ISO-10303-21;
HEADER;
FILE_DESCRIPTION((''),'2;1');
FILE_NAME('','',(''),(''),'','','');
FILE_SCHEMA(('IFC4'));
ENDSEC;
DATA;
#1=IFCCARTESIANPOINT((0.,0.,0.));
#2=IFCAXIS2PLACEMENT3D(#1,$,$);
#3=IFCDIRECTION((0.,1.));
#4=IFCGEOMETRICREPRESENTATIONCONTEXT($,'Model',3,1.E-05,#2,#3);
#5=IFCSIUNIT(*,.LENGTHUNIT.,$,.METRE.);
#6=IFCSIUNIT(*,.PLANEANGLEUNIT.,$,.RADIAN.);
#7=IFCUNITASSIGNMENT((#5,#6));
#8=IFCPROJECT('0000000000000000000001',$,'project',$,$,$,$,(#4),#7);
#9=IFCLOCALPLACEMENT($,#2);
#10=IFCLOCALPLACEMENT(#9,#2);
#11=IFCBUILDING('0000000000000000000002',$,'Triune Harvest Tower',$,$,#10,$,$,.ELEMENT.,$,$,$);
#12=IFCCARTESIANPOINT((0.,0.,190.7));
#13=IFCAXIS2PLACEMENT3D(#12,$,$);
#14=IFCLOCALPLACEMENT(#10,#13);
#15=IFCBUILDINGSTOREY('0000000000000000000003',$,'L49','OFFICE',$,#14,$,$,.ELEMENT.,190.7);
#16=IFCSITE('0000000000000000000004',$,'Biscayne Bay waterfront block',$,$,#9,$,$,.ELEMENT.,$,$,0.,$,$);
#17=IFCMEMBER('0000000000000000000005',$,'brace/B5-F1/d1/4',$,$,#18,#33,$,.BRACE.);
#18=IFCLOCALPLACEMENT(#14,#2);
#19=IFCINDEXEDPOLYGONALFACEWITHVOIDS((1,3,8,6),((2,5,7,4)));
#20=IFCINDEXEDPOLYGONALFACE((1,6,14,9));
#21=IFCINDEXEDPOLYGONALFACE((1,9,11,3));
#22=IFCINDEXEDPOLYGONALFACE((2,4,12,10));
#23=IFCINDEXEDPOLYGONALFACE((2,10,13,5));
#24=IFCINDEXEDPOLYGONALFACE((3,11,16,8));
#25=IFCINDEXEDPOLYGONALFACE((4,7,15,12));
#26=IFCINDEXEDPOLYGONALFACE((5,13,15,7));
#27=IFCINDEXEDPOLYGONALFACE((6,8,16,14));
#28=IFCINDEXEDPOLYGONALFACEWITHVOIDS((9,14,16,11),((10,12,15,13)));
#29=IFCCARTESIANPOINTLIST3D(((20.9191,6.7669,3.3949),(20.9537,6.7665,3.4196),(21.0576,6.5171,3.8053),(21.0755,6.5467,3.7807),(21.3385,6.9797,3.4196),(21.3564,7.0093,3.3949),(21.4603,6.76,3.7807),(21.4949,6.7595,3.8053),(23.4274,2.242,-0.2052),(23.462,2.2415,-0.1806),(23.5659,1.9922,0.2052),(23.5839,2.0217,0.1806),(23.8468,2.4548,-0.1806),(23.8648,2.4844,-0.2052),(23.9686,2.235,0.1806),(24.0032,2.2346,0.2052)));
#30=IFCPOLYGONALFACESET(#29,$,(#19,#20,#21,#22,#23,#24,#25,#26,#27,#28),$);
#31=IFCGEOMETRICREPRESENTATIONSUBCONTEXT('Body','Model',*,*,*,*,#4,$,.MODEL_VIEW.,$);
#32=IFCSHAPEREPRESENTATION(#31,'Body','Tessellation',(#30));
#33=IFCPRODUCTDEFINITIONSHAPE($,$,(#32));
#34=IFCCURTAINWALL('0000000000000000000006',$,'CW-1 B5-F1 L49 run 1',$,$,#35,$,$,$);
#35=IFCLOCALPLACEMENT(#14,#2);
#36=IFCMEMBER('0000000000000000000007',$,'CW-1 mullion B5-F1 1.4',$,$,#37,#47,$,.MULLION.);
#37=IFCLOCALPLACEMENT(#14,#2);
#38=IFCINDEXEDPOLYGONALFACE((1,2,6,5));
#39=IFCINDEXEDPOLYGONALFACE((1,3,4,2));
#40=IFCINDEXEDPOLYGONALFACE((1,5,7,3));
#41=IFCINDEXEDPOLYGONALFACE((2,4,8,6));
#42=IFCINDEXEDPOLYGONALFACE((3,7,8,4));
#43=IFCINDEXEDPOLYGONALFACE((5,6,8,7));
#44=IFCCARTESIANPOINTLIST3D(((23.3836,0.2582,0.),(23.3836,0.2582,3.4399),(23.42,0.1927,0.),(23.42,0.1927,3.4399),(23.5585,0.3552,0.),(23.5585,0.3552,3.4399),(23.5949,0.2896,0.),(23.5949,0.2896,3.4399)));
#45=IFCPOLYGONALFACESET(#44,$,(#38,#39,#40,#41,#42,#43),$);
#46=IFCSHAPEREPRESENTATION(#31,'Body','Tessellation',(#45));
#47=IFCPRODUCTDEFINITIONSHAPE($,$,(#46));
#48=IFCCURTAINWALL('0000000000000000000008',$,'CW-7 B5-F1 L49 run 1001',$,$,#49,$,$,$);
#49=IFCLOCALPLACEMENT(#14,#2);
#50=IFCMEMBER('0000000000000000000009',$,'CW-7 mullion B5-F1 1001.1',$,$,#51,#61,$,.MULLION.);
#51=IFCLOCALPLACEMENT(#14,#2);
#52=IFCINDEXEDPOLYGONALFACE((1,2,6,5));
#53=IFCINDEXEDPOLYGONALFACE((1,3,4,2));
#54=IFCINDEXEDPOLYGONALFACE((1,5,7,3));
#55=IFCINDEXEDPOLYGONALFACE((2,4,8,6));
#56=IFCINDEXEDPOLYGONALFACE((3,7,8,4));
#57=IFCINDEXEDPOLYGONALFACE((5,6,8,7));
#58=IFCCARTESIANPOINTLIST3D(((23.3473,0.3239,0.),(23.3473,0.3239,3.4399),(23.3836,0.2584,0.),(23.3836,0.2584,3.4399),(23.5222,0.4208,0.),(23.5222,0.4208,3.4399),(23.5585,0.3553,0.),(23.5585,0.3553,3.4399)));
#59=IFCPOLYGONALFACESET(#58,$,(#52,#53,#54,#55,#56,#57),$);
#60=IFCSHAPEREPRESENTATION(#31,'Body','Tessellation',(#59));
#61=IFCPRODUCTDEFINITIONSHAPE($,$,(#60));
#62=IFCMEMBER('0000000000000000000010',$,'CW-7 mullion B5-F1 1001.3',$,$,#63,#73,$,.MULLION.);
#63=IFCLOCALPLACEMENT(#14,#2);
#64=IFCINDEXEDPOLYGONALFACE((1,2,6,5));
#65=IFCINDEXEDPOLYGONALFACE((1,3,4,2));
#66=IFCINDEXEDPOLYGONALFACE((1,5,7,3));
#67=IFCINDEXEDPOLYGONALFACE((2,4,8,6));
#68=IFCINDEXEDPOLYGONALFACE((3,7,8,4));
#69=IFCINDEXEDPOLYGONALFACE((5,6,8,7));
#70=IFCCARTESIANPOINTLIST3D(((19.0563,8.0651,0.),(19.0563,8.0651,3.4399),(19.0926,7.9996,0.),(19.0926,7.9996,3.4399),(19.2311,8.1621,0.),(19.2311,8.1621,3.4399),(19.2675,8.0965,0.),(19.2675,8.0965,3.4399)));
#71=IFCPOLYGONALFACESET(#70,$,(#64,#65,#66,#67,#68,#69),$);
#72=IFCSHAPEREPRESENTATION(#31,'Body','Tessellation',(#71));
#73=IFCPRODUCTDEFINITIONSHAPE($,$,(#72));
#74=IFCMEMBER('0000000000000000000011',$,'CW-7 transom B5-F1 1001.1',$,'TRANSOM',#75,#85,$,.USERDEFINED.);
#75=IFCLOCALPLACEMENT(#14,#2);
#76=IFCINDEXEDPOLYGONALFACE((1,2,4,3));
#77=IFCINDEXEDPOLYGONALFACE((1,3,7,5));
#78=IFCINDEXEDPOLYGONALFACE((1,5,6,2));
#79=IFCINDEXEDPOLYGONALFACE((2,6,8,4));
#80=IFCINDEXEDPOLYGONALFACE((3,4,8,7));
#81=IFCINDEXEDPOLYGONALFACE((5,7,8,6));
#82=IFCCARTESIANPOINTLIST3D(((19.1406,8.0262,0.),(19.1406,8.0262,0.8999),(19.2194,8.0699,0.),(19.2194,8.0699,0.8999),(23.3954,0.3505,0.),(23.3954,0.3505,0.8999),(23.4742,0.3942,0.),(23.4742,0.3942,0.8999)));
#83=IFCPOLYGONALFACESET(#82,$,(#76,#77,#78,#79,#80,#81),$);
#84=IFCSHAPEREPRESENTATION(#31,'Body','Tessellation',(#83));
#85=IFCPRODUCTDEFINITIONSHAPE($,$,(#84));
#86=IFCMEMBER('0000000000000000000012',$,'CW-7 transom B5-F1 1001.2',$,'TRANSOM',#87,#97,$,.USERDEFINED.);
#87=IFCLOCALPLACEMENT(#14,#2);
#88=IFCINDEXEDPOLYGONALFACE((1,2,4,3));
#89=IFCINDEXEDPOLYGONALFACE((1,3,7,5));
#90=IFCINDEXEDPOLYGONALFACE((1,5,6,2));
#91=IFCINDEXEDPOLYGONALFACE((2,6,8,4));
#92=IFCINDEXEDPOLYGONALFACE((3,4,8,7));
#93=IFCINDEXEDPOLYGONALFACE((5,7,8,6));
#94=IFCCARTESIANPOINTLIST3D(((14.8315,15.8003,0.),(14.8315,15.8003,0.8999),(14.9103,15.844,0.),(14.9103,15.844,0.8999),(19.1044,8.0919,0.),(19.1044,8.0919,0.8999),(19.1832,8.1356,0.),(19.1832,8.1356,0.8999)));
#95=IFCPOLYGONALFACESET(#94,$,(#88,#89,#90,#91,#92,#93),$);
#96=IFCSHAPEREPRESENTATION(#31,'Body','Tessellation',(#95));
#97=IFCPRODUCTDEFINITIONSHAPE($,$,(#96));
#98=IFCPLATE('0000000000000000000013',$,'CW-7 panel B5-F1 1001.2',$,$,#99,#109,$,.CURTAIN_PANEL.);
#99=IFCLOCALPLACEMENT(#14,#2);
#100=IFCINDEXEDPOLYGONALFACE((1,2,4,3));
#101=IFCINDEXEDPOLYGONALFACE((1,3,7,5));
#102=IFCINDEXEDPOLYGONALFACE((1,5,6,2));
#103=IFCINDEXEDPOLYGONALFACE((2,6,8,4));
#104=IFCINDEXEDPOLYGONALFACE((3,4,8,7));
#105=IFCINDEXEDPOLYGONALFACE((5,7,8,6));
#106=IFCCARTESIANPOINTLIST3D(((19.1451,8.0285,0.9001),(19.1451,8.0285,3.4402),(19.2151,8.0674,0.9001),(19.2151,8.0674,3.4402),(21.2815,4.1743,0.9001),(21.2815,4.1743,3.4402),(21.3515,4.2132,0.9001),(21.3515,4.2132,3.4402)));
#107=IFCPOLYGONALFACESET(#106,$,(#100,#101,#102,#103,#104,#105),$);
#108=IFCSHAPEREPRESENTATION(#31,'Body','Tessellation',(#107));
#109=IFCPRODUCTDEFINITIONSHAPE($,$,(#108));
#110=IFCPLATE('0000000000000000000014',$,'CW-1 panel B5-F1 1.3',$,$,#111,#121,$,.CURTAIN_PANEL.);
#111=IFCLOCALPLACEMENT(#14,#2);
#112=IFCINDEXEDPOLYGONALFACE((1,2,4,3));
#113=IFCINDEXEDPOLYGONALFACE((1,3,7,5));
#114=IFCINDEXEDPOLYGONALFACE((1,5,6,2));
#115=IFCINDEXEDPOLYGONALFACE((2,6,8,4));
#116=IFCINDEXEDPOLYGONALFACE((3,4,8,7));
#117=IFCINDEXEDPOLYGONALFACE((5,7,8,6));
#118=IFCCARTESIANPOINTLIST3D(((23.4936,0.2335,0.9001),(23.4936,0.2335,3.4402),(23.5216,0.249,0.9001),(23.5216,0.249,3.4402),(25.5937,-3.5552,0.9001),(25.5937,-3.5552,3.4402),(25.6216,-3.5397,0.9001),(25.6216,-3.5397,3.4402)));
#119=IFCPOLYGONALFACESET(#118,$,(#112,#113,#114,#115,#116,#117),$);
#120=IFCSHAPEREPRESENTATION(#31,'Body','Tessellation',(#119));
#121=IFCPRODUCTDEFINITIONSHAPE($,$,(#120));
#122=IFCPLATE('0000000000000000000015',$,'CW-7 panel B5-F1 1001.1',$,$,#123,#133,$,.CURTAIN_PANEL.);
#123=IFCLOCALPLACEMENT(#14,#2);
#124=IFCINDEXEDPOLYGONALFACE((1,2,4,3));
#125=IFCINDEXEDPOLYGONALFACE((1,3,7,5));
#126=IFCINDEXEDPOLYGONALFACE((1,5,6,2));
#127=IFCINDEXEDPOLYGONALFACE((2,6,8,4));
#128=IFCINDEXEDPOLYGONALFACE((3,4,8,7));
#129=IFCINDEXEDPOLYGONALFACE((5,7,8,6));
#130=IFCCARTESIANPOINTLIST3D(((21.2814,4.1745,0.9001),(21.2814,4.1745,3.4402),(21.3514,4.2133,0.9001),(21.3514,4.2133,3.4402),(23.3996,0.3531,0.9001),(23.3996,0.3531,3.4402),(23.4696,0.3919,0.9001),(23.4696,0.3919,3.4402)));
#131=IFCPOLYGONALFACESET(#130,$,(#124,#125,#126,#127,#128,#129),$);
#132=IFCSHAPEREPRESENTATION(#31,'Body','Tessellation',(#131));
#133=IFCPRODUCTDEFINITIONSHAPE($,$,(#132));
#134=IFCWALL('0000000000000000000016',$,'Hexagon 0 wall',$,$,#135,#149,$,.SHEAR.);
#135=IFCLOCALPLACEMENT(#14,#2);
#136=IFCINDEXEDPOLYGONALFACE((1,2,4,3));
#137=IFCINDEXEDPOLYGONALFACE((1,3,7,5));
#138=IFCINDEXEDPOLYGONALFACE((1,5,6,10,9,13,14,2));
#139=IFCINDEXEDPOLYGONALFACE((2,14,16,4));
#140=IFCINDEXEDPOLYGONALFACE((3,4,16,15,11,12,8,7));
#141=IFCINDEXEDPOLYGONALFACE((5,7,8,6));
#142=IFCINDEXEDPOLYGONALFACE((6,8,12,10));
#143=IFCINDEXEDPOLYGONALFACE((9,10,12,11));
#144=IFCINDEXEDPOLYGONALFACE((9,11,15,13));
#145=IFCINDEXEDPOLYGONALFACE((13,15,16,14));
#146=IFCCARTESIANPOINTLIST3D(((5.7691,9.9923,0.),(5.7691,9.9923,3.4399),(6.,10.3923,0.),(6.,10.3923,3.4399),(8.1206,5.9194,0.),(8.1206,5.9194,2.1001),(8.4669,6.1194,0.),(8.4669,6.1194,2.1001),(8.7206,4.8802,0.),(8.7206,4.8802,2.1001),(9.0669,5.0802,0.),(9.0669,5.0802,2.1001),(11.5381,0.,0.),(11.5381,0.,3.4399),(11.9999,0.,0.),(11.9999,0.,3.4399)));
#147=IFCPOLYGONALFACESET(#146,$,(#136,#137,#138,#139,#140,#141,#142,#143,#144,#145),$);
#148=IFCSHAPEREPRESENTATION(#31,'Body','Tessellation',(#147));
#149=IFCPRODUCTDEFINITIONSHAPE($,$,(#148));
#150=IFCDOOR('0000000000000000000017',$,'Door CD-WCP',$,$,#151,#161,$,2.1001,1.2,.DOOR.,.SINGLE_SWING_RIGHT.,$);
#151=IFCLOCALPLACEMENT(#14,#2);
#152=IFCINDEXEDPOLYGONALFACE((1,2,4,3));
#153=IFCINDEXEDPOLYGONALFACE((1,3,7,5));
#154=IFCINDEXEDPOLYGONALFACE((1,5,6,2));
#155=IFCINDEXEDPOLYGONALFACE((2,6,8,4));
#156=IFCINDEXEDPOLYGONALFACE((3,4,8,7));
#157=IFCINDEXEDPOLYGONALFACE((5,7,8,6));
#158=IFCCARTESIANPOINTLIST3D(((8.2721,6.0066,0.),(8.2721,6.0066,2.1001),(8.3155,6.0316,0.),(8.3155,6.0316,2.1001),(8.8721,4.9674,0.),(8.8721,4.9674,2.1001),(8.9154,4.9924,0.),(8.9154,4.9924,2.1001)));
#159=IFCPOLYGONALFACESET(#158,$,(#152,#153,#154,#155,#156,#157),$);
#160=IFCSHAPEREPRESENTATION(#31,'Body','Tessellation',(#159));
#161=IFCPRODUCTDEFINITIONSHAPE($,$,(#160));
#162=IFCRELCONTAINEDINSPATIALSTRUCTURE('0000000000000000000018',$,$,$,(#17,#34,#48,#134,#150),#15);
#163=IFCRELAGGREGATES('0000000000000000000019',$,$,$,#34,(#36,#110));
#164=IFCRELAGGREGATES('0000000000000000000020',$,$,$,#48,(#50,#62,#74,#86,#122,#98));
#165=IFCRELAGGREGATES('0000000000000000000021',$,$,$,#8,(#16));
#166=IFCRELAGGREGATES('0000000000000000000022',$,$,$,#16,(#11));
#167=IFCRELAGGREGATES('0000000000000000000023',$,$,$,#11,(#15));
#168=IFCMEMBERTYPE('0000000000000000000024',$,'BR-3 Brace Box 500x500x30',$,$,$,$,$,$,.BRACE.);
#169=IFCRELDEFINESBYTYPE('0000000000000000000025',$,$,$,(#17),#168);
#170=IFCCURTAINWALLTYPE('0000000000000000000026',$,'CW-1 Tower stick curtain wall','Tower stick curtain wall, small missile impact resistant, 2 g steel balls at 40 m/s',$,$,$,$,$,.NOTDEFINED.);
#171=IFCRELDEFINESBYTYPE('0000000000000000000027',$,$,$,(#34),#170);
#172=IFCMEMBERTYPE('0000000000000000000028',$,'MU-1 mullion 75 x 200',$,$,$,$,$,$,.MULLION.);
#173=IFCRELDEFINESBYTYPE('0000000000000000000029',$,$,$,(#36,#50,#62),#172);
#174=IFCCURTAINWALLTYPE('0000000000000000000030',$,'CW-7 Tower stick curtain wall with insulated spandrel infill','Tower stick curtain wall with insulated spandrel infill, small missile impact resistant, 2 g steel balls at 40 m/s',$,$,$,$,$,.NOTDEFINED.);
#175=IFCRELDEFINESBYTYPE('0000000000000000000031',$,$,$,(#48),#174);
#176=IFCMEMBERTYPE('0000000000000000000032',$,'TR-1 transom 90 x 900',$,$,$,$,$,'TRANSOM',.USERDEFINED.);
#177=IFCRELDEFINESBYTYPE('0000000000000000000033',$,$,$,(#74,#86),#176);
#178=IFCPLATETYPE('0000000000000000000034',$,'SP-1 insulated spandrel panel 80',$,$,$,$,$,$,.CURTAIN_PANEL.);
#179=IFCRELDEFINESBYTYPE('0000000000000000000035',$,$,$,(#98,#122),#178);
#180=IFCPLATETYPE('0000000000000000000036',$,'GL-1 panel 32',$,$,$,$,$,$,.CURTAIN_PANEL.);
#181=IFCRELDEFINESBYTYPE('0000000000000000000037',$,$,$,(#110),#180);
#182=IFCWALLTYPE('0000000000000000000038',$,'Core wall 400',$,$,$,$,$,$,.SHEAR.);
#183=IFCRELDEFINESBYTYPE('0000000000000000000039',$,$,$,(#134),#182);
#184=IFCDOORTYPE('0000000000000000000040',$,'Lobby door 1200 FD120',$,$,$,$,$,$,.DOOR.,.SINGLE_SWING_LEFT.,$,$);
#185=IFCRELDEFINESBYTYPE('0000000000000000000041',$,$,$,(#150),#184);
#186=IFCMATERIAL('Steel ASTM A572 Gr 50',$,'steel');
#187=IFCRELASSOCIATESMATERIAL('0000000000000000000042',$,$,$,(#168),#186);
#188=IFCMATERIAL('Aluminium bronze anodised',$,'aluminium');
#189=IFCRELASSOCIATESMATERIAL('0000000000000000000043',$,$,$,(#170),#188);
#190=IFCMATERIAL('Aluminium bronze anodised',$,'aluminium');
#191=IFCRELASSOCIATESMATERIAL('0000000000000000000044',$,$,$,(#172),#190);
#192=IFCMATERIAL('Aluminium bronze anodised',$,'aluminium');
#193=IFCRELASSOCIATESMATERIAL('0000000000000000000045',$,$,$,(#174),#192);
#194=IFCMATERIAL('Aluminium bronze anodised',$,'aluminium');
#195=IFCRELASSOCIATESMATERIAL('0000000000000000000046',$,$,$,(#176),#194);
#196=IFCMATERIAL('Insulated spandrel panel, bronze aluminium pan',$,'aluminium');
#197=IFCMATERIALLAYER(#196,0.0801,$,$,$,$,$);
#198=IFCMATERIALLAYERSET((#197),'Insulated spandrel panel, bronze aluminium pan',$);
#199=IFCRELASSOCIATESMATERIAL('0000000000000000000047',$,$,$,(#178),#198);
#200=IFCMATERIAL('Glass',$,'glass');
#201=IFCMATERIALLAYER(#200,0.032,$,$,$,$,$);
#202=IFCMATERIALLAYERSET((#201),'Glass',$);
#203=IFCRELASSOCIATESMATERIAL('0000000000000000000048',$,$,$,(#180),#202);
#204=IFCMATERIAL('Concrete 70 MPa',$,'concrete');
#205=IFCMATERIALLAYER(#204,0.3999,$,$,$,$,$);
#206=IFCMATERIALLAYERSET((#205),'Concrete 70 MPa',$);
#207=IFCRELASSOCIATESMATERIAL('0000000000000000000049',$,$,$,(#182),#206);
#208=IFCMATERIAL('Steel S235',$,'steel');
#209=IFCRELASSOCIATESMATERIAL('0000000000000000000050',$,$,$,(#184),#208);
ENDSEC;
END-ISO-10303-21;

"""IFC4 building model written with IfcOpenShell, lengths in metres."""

from ifc_helpers import new_model, si_unit, direction, frame, frame_2d, origin, origin_2d, place, context, subcontext, project, spatial, polyline, rectangle, hollow_rectangle, outline, extrude, source, transform, mapped, material, layer, layer_set, material_profile, profile_set, type_object, element, fill, aggregate, save


model = new_model("IFC4")

# Units and contexts
model_context = context("Model", 3, precision=1e-05, world=origin(), true_north=direction((0.0, 1.0)))
body_context = subcontext(model_context, "Body", "Model", "MODEL_VIEW")
ifc_project = project(units=[si_unit("LENGTHUNIT", "METRE"), si_unit("PLANEANGLEUNIT", "RADIAN")], contexts=[model_context])

# Site, building, storey
site_placement = place(None, origin())
site = spatial("IfcSite", under=ifc_project, at=site_placement, Name="Biscayne Bay waterfront block", CompositionType="ELEMENT", RefElevation=0.0)
building_placement = place(site_placement, origin())
building = spatial("IfcBuilding", under=site, at=building_placement, Name="Triune Harvest Tower", CompositionType="ELEMENT")
storey_placement = place(building_placement, frame((0.0, 0.0, 190.7)))
storey = spatial("IfcBuildingStorey", under=building, at=storey_placement, Name="L49", Description="OFFICE", CompositionType="ELEMENT", Elevation=190.7)

# Member
ifc_material_1 = material(Name="Steel ASTM A572 Gr 50", Category="steel")
ifc_material_profile_1 = material_profile(ifc_material_1, hollow_rectangle(XDim=0.5, YDim=0.5, WallThickness=0.03, at=origin_2d()), Name="Box 500x500x30")
ifc_profile_set_1 = profile_set([ifc_material_profile_1], Name="Steel ASTM A572 Gr 50")
member_type_1 = type_object("IfcMemberType", Name="BR-3 Brace Box 500x500x30", PredefinedType="BRACE", material=ifc_profile_set_1)
shared_shape_1 = source(origin(), body_context, "Body", "SweptSolid", [
    extrude(hollow_rectangle(XDim=0.5, YDim=0.5, WallThickness=0.03, at=origin_2d()), origin(), (0.0, 0.0, 1.0), 6.303),
])
member_1_placement = place(storey_placement, frame((23.7153, 2.2383, 0.0), z_axis=(-0.397957, 0.717904, 0.571178), x_axis=(-0.874611, -0.484825, 0.0)))
element("IfcMember", 1, at=member_1_placement, inside=storey, type_object=member_type_1, Name="brace/B5-F1/d1/4", PredefinedType="BRACE", context=body_context, shape_type="MappedRepresentation", body=[
    mapped(shared_shape_1, transform((0.0, 0.0, 0.0), scale=1.0)),
])

# Curtain wall, member
ifc_material_2 = material(Name="Aluminium bronze anodised", Category="aluminium")
curtain_wall_type_1 = type_object("IfcCurtainWallType", Name="CW-1 Tower stick curtain wall", Description="Tower stick curtain wall, small missile impact resistant, 2 g steel balls at 40 m/s", PredefinedType="NOTDEFINED", material=ifc_material_2)
curtain_wall_1_placement = place(storey_placement, origin())
curtain_wall_1 = element("IfcCurtainWall", 2, at=curtain_wall_1_placement, inside=storey, type_object=curtain_wall_type_1, Name="CW-1 B5-F1 L49 run 1")
ifc_material_3 = material(Name="Aluminium bronze anodised", Category="aluminium")
ifc_material_profile_2 = material_profile(ifc_material_3, rectangle(XDim=0.2, YDim=0.075, at=origin_2d()), Name="MU-1 mullion 75 x 200")
ifc_profile_set_2 = profile_set([ifc_material_profile_2], Name="Aluminium bronze anodised")
member_type_2 = type_object("IfcMemberType", Name="MU-1 mullion 75 x 200", PredefinedType="MULLION", material=ifc_profile_set_2)
shared_shape_2 = source(origin(), body_context, "Body", "SweptSolid", [
    extrude(rectangle(XDim=0.2, YDim=0.075, at=origin_2d()), origin(), (0.0, 0.0, 1.0), 3.4399),
])
member_2_placement = place(storey_placement, frame((23.4893, 0.2739, 0.0), z_axis=(0.0, 0.0, 1.0), x_axis=(-0.874621, -0.484808, 0.0)))
member_2 = element("IfcMember", 3, at=member_2_placement, type_object=member_type_2, Name="CW-1 mullion B5-F1 1.4", PredefinedType="MULLION", context=body_context, shape_type="MappedRepresentation", body=[
    mapped(shared_shape_2, transform((0.0, 0.0, 0.0), scale=1.0)),
])

# Curtain wall, members, plate
ifc_material_4 = material(Name="Aluminium bronze anodised", Category="aluminium")
curtain_wall_type_2 = type_object("IfcCurtainWallType", Name="CW-7 Tower stick curtain wall with insulated spandrel infill", Description="Tower stick curtain wall with insulated spandrel infill, small missile impact resistant, 2 g steel balls at 40 m/s", PredefinedType="NOTDEFINED", material=ifc_material_4)
curtain_wall_2_placement = place(storey_placement, origin())
curtain_wall_2 = element("IfcCurtainWall", 4, at=curtain_wall_2_placement, inside=storey, type_object=curtain_wall_type_2, Name="CW-7 B5-F1 L49 run 1001")
member_3_placement = place(storey_placement, frame((23.4529, 0.3396, 0.0), z_axis=(0.0, 0.0, 1.0), x_axis=(-0.87462, -0.484809, 0.0)))
member_3 = element("IfcMember", 5, at=member_3_placement, type_object=member_type_2, Name="CW-7 mullion B5-F1 1001.1", PredefinedType="MULLION", context=body_context, shape_type="MappedRepresentation", body=[
    mapped(shared_shape_2, transform((0.0, 0.0, 0.0), scale=1.0)),
])
member_4_placement = place(storey_placement, frame((19.1619, 8.0808, 0.0), z_axis=(0.0, 0.0, 1.0), x_axis=(-0.87462, -0.484809, 0.0)))
member_4 = element("IfcMember", 6, at=member_4_placement, type_object=member_type_2, Name="CW-7 mullion B5-F1 1001.3", PredefinedType="MULLION", context=body_context, shape_type="MappedRepresentation", body=[
    mapped(shared_shape_2, transform((0.0, 0.0, 0.0), scale=1.0)),
])
ifc_material_5 = material(Name="Aluminium bronze anodised", Category="aluminium")
ifc_material_profile_3 = material_profile(ifc_material_5, rectangle(XDim=0.0901, YDim=0.8999, at=origin_2d()), Name="TR-1 transom 90 x 900")
ifc_profile_set_3 = profile_set([ifc_material_profile_3], Name="Aluminium bronze anodised")
member_type_3 = type_object("IfcMemberType", Name="TR-1 transom 90 x 900", ElementType="TRANSOM", PredefinedType="USERDEFINED", material=ifc_profile_set_3)
shared_shape_3 = source(origin(), body_context, "Body", "SweptSolid", [
    extrude(rectangle(XDim=0.0901, YDim=0.8999, at=origin_2d()), origin(), (0.0, 0.0, 1.0), 8.7761),
])
member_5_placement = place(storey_placement, frame((23.4348, 0.3723, 0.45), z_axis=(-0.484821, 0.874614, 0.0), x_axis=(-0.874614, -0.484821, 0.0)))
member_5 = element("IfcMember", 7, at=member_5_placement, type_object=member_type_3, Name="CW-7 transom B5-F1 1001.1", ObjectType="TRANSOM", PredefinedType="USERDEFINED", context=body_context, shape_type="MappedRepresentation", body=[
    mapped(shared_shape_3, transform((0.0, 0.0, 0.0), scale=1.0)),
])
shared_shape_4 = source(origin(), body_context, "Body", "SweptSolid", [
    extrude(rectangle(XDim=0.0901, YDim=0.8999, at=origin_2d()), origin(), (0.0, 0.0, 1.0), 8.8135),
])
member_6_placement = place(storey_placement, frame((19.1438, 8.1138, 0.45), z_axis=(-0.484815, 0.874617, 0.0), x_axis=(-0.874617, -0.484815, 0.0)))
member_6 = element("IfcMember", 8, at=member_6_placement, type_object=member_type_3, Name="CW-7 transom B5-F1 1001.2", ObjectType="TRANSOM", PredefinedType="USERDEFINED", context=body_context, shape_type="MappedRepresentation", body=[
    mapped(shared_shape_4, transform((0.0, 0.0, 0.0), scale=1.0)),
])
ifc_material_6 = material(Name="Insulated spandrel panel, bronze aluminium pan", Category="aluminium")
ifc_layer_1 = layer(ifc_material_6, 0.0801)
ifc_layer_set_1 = layer_set([ifc_layer_1], Name="Insulated spandrel panel, bronze aluminium pan")
plate_type_1 = type_object("IfcPlateType", Name="SP-1 insulated spandrel panel 80", PredefinedType="CURTAIN_PANEL", material=ifc_layer_set_1)
shared_shape_5 = source(origin(), body_context, "Body", "SweptSolid", [
    extrude(rectangle(XDim=4.4067, YDim=0.0801, at=origin_2d()), origin(), (0.0, 0.0, 1.0), 2.54),
])
plate_1_placement = place(storey_placement, frame((20.2483, 6.1208, 0.9001), z_axis=(0.0, 0.0, 1.0), x_axis=(-0.484809, 0.87462, 0.0)))
plate_1 = element("IfcPlate", 9, at=plate_1_placement, type_object=plate_type_1, Name="CW-7 panel B5-F1 1001.2", PredefinedType="CURTAIN_PANEL", context=body_context, shape_type="MappedRepresentation", body=[
    mapped(shared_shape_5, transform((0.0, 0.0, 0.0), scale=1.0)),
])

# Plates
ifc_material_7 = material(Name="Glass", Category="glass")
ifc_layer_2 = layer(ifc_material_7, 0.032)
ifc_layer_set_2 = layer_set([ifc_layer_2], Name="Glass")
plate_type_2 = type_object("IfcPlateType", Name="GL-1 panel 32", PredefinedType="CURTAIN_PANEL", material=ifc_layer_set_2)
shared_shape_6 = source(origin(), body_context, "Body", "SweptSolid", [
    extrude(rectangle(XDim=4.3318, YDim=0.032, at=origin_2d()), origin(), (0.0, 0.0, 1.0), 2.54),
])
plate_2_placement = place(storey_placement, frame((24.5576, -1.6531, 0.9001), z_axis=(0.0, 0.0, 1.0), x_axis=(-0.484808, 0.874621, 0.0)))
plate_2 = element("IfcPlate", 10, at=plate_2_placement, type_object=plate_type_2, Name="CW-1 panel B5-F1 1.3", PredefinedType="CURTAIN_PANEL", context=body_context, shape_type="MappedRepresentation", body=[
    mapped(shared_shape_6, transform((0.0, 0.0, 0.0), scale=1.0)),
])
aggregate(curtain_wall_1, [member_2, plate_2])
shared_shape_7 = source(origin(), body_context, "Body", "SweptSolid", [
    extrude(rectangle(XDim=4.3691, YDim=0.0801, at=origin_2d()), origin(), (0.0, 0.0, 1.0), 2.54),
])
plate_3_placement = place(storey_placement, frame((22.3755, 2.2832, 0.9001), z_axis=(0.0, 0.0, 1.0), x_axis=(-0.484809, 0.87462, 0.0)))
plate_3 = element("IfcPlate", 11, at=plate_3_placement, type_object=plate_type_1, Name="CW-7 panel B5-F1 1001.1", PredefinedType="CURTAIN_PANEL", context=body_context, shape_type="MappedRepresentation", body=[
    mapped(shared_shape_7, transform((0.0, 0.0, 0.0), scale=1.0)),
])
aggregate(curtain_wall_2, [member_3, member_4, member_5, member_6, plate_3, plate_1])

# Wall, opening, door
ifc_material_8 = material(Name="Concrete 70 MPa", Category="concrete")
ifc_layer_3 = layer(ifc_material_8, 0.3999)
ifc_layer_set_3 = layer_set([ifc_layer_3], Name="Concrete 70 MPa")
wall_type_1 = type_object("IfcWallType", Name="Core wall 400", PredefinedType="SHEAR", material=ifc_layer_set_3)
shared_shape_8 = source(origin(), body_context, "Body", "SweptSolid", [
    extrude(outline(polyline([(-0.1155, -0.2), (11.8845, -0.2), (11.6536, 0.2), (0.1155, 0.2), (-0.1155, -0.2)])), origin(), (0.0, 0.0, 1.0), 3.4399),
])
wall_1_placement = place(storey_placement, frame((11.769, 0.0, 0.0), z_axis=(0.0, 0.0, 1.0), x_axis=(-0.499997, 0.866027, 0.0)))
wall_1 = element("IfcWall", 12, at=wall_1_placement, inside=storey, type_object=wall_type_1, Name="Hexagon 0 wall", PredefinedType="SHEAR", context=body_context, shape_type="MappedRepresentation", body=[
    mapped(shared_shape_8, transform((0.0, 0.0, 0.0), scale=1.0)),
])
opening_placement = place(wall_1_placement, frame((5.7505, 0.0, 0.0)))
opening = element("IfcOpeningElement", 13, at=opening_placement, cuts=wall_1, PredefinedType="OPENING", context=body_context, shape_type="SweptSolid", body=[
    extrude(rectangle(XDim=1.2, YDim=2.1001, at=frame_2d((0.6001, 1.05))), frame((0.0, 0.21, 0.0), z_axis=(0.0, -1.0, 0.0), x_axis=(1.0, 0.0, 0.0)), (0.0, 0.0, 1.0), 0.4199),
])
ifc_material_9 = material(Name="Steel S235", Category="steel")
door_type = type_object("IfcDoorType", Name="Lobby door 1200 FD120", OperationType="SINGLE_SWING_LEFT", PredefinedType="DOOR", material=ifc_material_9)
door_placement = place(opening_placement, frame((1.2, 0.0, 0.0), z_axis=(0.0, 0.0, 1.0), x_axis=(-1.0, 0.0, 0.0)))
door = element("IfcDoor", 14, at=door_placement, inside=storey, type_object=door_type, Name="Door CD-WCP", OperationType="SINGLE_SWING_RIGHT", OverallHeight=2.1001, OverallWidth=1.2, PredefinedType="DOOR", context=body_context, shape_type="SweptSolid", body=[
    extrude(rectangle(XDim=1.2, YDim=2.1001, at=frame_2d((0.6001, 1.05))), frame((0.0, 0.0249, 0.0), z_axis=(0.0, -1.0, 0.0), x_axis=(1.0, 0.0, 0.0)), (0.0, 0.0, 1.0), 0.05),
])
fill(opening, door)

save(model, "model.ifc")
